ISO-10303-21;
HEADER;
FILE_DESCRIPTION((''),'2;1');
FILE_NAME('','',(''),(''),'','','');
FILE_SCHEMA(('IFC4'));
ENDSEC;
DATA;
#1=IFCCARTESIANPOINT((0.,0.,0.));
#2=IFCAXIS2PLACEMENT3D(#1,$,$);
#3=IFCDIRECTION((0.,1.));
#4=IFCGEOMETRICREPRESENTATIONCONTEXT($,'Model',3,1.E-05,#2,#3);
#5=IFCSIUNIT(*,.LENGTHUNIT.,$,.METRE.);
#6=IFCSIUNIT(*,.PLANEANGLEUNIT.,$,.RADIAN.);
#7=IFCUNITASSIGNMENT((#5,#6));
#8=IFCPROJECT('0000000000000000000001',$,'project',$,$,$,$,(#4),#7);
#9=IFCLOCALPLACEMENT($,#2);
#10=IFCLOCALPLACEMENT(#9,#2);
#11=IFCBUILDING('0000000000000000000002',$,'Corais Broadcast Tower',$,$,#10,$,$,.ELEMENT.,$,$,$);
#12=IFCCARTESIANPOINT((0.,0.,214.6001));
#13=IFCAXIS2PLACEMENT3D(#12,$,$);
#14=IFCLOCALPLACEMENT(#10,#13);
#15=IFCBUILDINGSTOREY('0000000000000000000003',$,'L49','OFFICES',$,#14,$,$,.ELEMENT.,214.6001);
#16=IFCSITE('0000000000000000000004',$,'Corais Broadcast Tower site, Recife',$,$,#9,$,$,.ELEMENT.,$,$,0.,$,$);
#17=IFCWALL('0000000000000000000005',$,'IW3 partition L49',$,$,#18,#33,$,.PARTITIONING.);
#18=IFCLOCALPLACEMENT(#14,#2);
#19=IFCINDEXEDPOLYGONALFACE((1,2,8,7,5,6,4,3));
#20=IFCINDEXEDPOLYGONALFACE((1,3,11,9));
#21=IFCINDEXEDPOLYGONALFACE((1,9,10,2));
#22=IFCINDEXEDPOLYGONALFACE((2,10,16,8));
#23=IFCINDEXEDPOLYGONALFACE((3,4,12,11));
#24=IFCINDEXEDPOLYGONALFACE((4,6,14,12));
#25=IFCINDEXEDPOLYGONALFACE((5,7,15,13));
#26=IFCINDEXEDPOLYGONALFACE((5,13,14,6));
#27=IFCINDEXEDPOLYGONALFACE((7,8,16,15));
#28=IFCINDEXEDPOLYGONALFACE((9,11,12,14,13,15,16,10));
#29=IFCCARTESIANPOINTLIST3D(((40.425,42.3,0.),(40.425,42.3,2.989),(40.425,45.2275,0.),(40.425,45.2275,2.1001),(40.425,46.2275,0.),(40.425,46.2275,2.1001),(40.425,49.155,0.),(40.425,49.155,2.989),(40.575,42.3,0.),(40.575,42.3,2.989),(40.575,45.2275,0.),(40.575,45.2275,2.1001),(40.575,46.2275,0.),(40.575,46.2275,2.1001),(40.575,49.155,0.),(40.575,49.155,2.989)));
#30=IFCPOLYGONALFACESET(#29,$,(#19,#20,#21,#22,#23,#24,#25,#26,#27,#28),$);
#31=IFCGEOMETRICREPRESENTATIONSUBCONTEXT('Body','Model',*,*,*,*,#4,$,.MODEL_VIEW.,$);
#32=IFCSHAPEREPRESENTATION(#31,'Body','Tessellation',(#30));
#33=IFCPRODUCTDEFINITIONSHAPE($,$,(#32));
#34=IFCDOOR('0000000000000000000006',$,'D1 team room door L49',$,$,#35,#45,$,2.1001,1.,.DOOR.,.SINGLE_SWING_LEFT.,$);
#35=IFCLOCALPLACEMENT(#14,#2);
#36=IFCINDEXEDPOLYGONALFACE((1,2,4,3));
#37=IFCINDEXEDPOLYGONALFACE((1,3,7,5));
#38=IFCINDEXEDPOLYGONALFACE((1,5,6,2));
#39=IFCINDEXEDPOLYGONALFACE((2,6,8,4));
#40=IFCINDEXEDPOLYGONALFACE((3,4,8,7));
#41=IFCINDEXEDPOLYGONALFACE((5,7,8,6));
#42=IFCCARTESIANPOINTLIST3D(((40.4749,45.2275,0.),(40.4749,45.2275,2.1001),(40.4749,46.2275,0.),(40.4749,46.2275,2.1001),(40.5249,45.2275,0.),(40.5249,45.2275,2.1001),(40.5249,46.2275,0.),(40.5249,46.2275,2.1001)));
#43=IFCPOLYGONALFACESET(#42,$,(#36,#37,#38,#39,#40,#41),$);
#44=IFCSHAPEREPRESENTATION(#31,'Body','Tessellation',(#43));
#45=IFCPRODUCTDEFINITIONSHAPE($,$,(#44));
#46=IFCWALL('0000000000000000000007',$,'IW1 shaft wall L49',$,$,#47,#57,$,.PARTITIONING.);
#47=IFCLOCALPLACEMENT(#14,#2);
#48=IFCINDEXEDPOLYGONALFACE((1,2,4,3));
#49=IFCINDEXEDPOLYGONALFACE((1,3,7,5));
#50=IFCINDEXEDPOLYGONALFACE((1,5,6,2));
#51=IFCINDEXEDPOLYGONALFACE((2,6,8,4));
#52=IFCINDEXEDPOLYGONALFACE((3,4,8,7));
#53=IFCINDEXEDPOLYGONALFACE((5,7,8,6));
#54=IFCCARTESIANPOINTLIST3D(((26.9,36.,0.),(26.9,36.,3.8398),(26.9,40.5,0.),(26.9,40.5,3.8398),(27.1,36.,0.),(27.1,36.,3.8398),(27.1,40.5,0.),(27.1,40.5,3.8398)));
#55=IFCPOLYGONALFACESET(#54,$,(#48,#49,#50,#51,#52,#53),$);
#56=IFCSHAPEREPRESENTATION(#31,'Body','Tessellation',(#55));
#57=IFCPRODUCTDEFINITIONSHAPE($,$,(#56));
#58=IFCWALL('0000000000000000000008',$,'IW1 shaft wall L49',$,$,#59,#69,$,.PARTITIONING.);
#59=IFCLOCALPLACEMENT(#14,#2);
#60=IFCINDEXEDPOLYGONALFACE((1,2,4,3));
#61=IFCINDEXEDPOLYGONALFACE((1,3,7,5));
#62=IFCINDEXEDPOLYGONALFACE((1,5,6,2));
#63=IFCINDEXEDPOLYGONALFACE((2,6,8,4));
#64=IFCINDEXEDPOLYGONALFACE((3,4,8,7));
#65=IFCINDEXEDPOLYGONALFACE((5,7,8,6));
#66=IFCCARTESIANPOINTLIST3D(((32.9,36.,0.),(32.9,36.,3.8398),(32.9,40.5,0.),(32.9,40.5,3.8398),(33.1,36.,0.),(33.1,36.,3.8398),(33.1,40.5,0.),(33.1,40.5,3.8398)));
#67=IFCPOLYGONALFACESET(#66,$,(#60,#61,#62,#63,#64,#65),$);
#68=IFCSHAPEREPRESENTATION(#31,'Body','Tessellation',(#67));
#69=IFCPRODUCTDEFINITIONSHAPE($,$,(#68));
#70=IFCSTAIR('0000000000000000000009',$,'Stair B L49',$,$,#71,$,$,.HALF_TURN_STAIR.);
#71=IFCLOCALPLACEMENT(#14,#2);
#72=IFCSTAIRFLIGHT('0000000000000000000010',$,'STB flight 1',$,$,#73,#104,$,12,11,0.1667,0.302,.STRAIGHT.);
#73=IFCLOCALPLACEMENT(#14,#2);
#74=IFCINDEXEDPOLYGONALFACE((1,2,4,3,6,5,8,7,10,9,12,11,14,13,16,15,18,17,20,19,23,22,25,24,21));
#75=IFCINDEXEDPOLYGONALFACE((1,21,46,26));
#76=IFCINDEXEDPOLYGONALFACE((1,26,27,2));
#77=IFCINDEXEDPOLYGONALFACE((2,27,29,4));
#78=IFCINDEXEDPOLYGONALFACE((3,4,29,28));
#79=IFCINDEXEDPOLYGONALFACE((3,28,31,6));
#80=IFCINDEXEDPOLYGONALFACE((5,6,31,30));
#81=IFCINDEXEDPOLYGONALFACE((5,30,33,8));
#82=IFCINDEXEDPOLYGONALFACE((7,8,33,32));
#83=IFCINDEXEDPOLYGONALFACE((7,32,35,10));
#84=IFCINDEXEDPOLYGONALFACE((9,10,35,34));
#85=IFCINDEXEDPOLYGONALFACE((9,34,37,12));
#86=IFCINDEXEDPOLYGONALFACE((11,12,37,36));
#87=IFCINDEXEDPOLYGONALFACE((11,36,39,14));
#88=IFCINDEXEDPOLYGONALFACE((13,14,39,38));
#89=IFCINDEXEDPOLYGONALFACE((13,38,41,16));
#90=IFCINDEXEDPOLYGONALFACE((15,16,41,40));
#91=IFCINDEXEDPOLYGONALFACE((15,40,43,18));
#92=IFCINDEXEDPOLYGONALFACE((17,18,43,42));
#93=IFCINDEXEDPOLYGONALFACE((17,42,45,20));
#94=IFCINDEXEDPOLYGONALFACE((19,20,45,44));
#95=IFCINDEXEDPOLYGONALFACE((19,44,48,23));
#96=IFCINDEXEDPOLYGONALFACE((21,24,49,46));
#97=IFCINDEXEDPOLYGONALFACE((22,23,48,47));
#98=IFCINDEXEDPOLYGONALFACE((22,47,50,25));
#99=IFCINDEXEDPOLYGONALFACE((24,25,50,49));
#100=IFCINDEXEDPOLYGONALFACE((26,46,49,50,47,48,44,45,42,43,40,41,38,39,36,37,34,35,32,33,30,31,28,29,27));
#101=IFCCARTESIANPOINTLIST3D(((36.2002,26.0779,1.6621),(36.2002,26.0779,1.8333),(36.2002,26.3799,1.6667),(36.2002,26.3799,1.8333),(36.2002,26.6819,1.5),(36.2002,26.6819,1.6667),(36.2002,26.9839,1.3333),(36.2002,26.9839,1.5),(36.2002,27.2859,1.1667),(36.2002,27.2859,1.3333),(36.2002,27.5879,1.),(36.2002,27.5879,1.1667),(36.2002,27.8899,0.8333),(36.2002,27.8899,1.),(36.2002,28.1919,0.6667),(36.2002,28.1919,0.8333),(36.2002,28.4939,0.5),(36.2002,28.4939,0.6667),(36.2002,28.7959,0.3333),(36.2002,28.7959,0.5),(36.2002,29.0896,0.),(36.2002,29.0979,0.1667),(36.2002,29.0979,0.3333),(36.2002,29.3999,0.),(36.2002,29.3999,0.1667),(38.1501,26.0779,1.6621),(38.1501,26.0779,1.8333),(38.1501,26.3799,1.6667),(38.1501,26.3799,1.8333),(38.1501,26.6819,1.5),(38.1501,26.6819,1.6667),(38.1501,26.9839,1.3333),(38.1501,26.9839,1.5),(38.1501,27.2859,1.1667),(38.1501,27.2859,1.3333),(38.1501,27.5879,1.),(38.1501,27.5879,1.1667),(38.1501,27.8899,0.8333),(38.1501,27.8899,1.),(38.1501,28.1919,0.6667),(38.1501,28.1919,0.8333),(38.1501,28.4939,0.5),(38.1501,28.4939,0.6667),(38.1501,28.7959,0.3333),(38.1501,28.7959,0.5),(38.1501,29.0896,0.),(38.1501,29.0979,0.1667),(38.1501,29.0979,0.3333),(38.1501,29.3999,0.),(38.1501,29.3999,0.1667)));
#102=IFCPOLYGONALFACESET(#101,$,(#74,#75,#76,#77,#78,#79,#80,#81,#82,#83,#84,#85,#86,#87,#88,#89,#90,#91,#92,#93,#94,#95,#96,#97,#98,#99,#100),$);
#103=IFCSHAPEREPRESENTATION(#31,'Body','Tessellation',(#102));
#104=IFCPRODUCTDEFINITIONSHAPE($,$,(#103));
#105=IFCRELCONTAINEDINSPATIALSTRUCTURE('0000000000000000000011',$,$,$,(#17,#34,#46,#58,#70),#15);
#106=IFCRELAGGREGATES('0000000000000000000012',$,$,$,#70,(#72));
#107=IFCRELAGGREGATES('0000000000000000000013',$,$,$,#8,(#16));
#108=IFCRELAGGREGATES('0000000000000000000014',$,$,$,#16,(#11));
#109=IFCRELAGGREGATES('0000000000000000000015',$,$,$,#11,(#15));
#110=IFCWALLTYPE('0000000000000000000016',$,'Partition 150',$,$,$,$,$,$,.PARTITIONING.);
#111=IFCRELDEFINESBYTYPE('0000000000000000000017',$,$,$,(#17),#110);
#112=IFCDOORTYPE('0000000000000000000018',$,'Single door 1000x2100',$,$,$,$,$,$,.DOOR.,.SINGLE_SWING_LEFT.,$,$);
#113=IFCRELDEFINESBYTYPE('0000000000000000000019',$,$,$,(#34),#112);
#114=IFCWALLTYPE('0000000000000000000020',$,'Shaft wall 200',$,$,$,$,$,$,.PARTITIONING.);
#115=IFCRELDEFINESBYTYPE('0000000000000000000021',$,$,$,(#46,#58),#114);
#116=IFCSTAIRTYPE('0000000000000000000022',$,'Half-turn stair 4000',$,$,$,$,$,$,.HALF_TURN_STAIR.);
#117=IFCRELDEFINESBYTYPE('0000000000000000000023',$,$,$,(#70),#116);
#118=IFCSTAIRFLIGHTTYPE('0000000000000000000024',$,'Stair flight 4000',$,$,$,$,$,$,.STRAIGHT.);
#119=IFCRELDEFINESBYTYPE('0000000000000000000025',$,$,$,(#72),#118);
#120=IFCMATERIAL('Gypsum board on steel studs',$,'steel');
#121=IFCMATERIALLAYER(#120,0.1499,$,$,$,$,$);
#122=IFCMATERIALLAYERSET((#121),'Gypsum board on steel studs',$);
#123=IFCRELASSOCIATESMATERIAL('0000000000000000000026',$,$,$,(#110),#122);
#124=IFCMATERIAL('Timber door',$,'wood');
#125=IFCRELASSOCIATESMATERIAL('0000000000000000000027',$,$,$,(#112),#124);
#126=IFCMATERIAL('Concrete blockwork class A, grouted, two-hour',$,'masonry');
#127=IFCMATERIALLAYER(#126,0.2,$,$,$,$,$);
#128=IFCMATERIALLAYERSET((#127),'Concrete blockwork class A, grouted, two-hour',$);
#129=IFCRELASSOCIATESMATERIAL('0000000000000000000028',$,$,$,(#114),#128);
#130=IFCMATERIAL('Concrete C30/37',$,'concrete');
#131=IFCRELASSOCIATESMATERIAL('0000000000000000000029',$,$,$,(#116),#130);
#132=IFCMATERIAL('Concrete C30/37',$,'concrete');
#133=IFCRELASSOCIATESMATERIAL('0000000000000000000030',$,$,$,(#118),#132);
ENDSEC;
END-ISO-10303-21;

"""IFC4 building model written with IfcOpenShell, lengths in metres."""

from ifc_helpers import new_model, si_unit, direction, frame, frame_2d, origin, place, context, subcontext, project, spatial, polyline, rectangle, outline, extrude, material, layer, layer_set, type_object, element, fill, aggregate, save


model = new_model("IFC4")

# Units and contexts
model_context = context("Model", 3, precision=1e-05, world=origin(), true_north=direction((0.0, 1.0)))
body_context = subcontext(model_context, "Body", "Model", "MODEL_VIEW")
ifc_project = project(units=[si_unit("LENGTHUNIT", "METRE"), si_unit("PLANEANGLEUNIT", "RADIAN")], contexts=[model_context])

# Site, building, storey
site_placement = place(None, origin())
site = spatial("IfcSite", under=ifc_project, at=site_placement, Name="Corais Broadcast Tower site, Recife", CompositionType="ELEMENT", RefElevation=0.0)
building_placement = place(site_placement, origin())
building = spatial("IfcBuilding", under=site, at=building_placement, Name="Corais Broadcast Tower", CompositionType="ELEMENT")
storey_placement = place(building_placement, frame((0.0, 0.0, 214.6001)))
storey = spatial("IfcBuildingStorey", under=building, at=storey_placement, Name="L49", Description="OFFICES", CompositionType="ELEMENT", Elevation=214.6001)

# Shared definitions
ifc_material_1 = material(Name="Gypsum board on steel studs", Category="steel")
ifc_layer_1 = layer(ifc_material_1, 0.1499)
ifc_layer_set_1 = layer_set([ifc_layer_1], Name="Gypsum board on steel studs")
wall_type_1 = type_object("IfcWallType", Name="Partition 150", PredefinedType="PARTITIONING", material=ifc_layer_set_1)
ifc_material_2 = material(Name="Timber door", Category="wood")
door_type = type_object("IfcDoorType", Name="Single door 1000x2100", OperationType="SINGLE_SWING_LEFT", PredefinedType="DOOR", material=ifc_material_2)

# Wall, opening, door
wall_1_placement = place(storey_placement, frame((40.5, 49.155, 0.0), z_axis=(0.0, 0.0, 1.0), x_axis=(0.0, -1.0, 0.0)))
wall_1 = element("IfcWall", 1, at=wall_1_placement, inside=storey, type_object=wall_type_1, Name="IW3 partition L49", PredefinedType="PARTITIONING", context=body_context, shape_type="SweptSolid", body=[
    extrude(rectangle(XDim=6.855, YDim=0.1499, at=frame_2d((3.4275, 0.0))), origin(), (0.0, 0.0, 1.0), 2.989),
])
opening_1_placement = place(wall_1_placement, frame((2.9275, 0.0, 0.0)))
opening_1 = element("IfcOpeningElement", 2, at=opening_1_placement, cuts=wall_1, PredefinedType="OPENING", context=body_context, shape_type="SweptSolid", body=[
    extrude(rectangle(XDim=1.0, YDim=2.1001, at=frame_2d((0.5, 1.05))), frame((0.0, 0.085, 0.0), z_axis=(0.0, -1.0, 0.0), x_axis=(1.0, 0.0, 0.0)), (0.0, 0.0, 1.0), 0.1699),
])
door_1_placement = place(opening_1_placement, origin())
door_1 = element("IfcDoor", 3, at=door_1_placement, inside=storey, type_object=door_type, Name="D1 team room door L49", OperationType="SINGLE_SWING_LEFT", OverallHeight=2.1001, OverallWidth=1.0, PredefinedType="DOOR", context=body_context, shape_type="SweptSolid", body=[
    extrude(rectangle(XDim=1.0, YDim=2.1001, at=frame_2d((0.5, 1.05))), frame((0.0, 0.0249, 0.0), z_axis=(0.0, -1.0, 0.0), x_axis=(1.0, 0.0, 0.0)), (0.0, 0.0, 1.0), 0.05),
])
fill(opening_1, door_1)

# Walls
ifc_material_3 = material(Name="Concrete blockwork class A, grouted, two-hour", Category="masonry")
ifc_layer_2 = layer(ifc_material_3, 0.2)
ifc_layer_set_2 = layer_set([ifc_layer_2], Name="Concrete blockwork class A, grouted, two-hour")
wall_type_2 = type_object("IfcWallType", Name="Shaft wall 200", PredefinedType="PARTITIONING", material=ifc_layer_set_2)
for number, where, z_axis, x_axis, name in (
    (4, (27.0, 36.0, 0.0), (0.0, 0.0, 1.0), (0.0, 1.0, 0.0), "IW1 shaft wall L49"),
    (5, (33.0, 36.0, 0.0), (0.0, 0.0, 1.0), (0.0, 1.0, 0.0), "IW1 shaft wall L49"),
):
    element("IfcWall", number, at=place(storey_placement, frame(where, z_axis=z_axis, x_axis=x_axis)), inside=storey, type_object=wall_type_2, Name=name, PredefinedType="PARTITIONING", context=body_context, shape_type="SweptSolid", body=[
        extrude(rectangle(XDim=4.5, YDim=0.2, at=frame_2d((2.25, 0.0))), origin(), (0.0, 0.0, 1.0), 3.8398),
    ])

# Stair, stair flight
ifc_material_4 = material(Name="Concrete C30/37", Category="concrete")
stair_type = type_object("IfcStairType", Name="Half-turn stair 4000", PredefinedType="HALF_TURN_STAIR", material=ifc_material_4)
stair_placement = place(storey_placement, origin())
stair = element("IfcStair", 6, at=stair_placement, inside=storey, type_object=stair_type, Name="Stair B L49", PredefinedType="HALF_TURN_STAIR")
ifc_material_5 = material(Name="Concrete C30/37", Category="concrete")
stair_flight_type = type_object("IfcStairFlightType", Name="Stair flight 4000", PredefinedType="STRAIGHT", material=ifc_material_5)
stair_flight_placement = place(storey_placement, frame((37.175, 29.3999, 0.0), z_axis=(0.0, 0.0, 1.0), x_axis=(0.0, -1.0, 0.0)))
stair_flight = element("IfcStairFlight", 7, at=stair_flight_placement, type_object=stair_flight_type, Name="STB flight 1", NumberOfRisers=12, NumberOfTreads=11, PredefinedType="STRAIGHT", RiserHeight=0.1667, TreadLength=0.302, context=body_context, shape_type="SweptSolid", body=[
    extrude(outline(polyline([(0.0, 0.0), (0.0, 0.1667), (0.302, 0.1667), (0.302, 0.3333), (0.604, 0.3333), (0.604, 0.5), (0.906, 0.5), (0.906, 0.6667), (1.208, 0.6667), (1.208, 0.8333), (1.51, 0.8333), (1.51, 1.0), (1.812, 1.0), (1.812, 1.1667), (2.114, 1.1667), (2.114, 1.3333), (2.416, 1.3333), (2.416, 1.5), (2.718, 1.5), (2.718, 1.6667), (3.02, 1.6667), (3.02, 1.8333), (3.322, 1.8333), (3.322, 2.0), (3.322, 1.6621), (0.3103, 0.0), (0.0, 0.0)])), frame((0.0, 0.9751, 0.0), z_axis=(0.0, -1.0, 0.0), x_axis=(1.0, 0.0, 0.0)), (0.0, 0.0, 1.0), 1.95),
])
aggregate(stair, [stair_flight])

save(model, "model.ifc")
